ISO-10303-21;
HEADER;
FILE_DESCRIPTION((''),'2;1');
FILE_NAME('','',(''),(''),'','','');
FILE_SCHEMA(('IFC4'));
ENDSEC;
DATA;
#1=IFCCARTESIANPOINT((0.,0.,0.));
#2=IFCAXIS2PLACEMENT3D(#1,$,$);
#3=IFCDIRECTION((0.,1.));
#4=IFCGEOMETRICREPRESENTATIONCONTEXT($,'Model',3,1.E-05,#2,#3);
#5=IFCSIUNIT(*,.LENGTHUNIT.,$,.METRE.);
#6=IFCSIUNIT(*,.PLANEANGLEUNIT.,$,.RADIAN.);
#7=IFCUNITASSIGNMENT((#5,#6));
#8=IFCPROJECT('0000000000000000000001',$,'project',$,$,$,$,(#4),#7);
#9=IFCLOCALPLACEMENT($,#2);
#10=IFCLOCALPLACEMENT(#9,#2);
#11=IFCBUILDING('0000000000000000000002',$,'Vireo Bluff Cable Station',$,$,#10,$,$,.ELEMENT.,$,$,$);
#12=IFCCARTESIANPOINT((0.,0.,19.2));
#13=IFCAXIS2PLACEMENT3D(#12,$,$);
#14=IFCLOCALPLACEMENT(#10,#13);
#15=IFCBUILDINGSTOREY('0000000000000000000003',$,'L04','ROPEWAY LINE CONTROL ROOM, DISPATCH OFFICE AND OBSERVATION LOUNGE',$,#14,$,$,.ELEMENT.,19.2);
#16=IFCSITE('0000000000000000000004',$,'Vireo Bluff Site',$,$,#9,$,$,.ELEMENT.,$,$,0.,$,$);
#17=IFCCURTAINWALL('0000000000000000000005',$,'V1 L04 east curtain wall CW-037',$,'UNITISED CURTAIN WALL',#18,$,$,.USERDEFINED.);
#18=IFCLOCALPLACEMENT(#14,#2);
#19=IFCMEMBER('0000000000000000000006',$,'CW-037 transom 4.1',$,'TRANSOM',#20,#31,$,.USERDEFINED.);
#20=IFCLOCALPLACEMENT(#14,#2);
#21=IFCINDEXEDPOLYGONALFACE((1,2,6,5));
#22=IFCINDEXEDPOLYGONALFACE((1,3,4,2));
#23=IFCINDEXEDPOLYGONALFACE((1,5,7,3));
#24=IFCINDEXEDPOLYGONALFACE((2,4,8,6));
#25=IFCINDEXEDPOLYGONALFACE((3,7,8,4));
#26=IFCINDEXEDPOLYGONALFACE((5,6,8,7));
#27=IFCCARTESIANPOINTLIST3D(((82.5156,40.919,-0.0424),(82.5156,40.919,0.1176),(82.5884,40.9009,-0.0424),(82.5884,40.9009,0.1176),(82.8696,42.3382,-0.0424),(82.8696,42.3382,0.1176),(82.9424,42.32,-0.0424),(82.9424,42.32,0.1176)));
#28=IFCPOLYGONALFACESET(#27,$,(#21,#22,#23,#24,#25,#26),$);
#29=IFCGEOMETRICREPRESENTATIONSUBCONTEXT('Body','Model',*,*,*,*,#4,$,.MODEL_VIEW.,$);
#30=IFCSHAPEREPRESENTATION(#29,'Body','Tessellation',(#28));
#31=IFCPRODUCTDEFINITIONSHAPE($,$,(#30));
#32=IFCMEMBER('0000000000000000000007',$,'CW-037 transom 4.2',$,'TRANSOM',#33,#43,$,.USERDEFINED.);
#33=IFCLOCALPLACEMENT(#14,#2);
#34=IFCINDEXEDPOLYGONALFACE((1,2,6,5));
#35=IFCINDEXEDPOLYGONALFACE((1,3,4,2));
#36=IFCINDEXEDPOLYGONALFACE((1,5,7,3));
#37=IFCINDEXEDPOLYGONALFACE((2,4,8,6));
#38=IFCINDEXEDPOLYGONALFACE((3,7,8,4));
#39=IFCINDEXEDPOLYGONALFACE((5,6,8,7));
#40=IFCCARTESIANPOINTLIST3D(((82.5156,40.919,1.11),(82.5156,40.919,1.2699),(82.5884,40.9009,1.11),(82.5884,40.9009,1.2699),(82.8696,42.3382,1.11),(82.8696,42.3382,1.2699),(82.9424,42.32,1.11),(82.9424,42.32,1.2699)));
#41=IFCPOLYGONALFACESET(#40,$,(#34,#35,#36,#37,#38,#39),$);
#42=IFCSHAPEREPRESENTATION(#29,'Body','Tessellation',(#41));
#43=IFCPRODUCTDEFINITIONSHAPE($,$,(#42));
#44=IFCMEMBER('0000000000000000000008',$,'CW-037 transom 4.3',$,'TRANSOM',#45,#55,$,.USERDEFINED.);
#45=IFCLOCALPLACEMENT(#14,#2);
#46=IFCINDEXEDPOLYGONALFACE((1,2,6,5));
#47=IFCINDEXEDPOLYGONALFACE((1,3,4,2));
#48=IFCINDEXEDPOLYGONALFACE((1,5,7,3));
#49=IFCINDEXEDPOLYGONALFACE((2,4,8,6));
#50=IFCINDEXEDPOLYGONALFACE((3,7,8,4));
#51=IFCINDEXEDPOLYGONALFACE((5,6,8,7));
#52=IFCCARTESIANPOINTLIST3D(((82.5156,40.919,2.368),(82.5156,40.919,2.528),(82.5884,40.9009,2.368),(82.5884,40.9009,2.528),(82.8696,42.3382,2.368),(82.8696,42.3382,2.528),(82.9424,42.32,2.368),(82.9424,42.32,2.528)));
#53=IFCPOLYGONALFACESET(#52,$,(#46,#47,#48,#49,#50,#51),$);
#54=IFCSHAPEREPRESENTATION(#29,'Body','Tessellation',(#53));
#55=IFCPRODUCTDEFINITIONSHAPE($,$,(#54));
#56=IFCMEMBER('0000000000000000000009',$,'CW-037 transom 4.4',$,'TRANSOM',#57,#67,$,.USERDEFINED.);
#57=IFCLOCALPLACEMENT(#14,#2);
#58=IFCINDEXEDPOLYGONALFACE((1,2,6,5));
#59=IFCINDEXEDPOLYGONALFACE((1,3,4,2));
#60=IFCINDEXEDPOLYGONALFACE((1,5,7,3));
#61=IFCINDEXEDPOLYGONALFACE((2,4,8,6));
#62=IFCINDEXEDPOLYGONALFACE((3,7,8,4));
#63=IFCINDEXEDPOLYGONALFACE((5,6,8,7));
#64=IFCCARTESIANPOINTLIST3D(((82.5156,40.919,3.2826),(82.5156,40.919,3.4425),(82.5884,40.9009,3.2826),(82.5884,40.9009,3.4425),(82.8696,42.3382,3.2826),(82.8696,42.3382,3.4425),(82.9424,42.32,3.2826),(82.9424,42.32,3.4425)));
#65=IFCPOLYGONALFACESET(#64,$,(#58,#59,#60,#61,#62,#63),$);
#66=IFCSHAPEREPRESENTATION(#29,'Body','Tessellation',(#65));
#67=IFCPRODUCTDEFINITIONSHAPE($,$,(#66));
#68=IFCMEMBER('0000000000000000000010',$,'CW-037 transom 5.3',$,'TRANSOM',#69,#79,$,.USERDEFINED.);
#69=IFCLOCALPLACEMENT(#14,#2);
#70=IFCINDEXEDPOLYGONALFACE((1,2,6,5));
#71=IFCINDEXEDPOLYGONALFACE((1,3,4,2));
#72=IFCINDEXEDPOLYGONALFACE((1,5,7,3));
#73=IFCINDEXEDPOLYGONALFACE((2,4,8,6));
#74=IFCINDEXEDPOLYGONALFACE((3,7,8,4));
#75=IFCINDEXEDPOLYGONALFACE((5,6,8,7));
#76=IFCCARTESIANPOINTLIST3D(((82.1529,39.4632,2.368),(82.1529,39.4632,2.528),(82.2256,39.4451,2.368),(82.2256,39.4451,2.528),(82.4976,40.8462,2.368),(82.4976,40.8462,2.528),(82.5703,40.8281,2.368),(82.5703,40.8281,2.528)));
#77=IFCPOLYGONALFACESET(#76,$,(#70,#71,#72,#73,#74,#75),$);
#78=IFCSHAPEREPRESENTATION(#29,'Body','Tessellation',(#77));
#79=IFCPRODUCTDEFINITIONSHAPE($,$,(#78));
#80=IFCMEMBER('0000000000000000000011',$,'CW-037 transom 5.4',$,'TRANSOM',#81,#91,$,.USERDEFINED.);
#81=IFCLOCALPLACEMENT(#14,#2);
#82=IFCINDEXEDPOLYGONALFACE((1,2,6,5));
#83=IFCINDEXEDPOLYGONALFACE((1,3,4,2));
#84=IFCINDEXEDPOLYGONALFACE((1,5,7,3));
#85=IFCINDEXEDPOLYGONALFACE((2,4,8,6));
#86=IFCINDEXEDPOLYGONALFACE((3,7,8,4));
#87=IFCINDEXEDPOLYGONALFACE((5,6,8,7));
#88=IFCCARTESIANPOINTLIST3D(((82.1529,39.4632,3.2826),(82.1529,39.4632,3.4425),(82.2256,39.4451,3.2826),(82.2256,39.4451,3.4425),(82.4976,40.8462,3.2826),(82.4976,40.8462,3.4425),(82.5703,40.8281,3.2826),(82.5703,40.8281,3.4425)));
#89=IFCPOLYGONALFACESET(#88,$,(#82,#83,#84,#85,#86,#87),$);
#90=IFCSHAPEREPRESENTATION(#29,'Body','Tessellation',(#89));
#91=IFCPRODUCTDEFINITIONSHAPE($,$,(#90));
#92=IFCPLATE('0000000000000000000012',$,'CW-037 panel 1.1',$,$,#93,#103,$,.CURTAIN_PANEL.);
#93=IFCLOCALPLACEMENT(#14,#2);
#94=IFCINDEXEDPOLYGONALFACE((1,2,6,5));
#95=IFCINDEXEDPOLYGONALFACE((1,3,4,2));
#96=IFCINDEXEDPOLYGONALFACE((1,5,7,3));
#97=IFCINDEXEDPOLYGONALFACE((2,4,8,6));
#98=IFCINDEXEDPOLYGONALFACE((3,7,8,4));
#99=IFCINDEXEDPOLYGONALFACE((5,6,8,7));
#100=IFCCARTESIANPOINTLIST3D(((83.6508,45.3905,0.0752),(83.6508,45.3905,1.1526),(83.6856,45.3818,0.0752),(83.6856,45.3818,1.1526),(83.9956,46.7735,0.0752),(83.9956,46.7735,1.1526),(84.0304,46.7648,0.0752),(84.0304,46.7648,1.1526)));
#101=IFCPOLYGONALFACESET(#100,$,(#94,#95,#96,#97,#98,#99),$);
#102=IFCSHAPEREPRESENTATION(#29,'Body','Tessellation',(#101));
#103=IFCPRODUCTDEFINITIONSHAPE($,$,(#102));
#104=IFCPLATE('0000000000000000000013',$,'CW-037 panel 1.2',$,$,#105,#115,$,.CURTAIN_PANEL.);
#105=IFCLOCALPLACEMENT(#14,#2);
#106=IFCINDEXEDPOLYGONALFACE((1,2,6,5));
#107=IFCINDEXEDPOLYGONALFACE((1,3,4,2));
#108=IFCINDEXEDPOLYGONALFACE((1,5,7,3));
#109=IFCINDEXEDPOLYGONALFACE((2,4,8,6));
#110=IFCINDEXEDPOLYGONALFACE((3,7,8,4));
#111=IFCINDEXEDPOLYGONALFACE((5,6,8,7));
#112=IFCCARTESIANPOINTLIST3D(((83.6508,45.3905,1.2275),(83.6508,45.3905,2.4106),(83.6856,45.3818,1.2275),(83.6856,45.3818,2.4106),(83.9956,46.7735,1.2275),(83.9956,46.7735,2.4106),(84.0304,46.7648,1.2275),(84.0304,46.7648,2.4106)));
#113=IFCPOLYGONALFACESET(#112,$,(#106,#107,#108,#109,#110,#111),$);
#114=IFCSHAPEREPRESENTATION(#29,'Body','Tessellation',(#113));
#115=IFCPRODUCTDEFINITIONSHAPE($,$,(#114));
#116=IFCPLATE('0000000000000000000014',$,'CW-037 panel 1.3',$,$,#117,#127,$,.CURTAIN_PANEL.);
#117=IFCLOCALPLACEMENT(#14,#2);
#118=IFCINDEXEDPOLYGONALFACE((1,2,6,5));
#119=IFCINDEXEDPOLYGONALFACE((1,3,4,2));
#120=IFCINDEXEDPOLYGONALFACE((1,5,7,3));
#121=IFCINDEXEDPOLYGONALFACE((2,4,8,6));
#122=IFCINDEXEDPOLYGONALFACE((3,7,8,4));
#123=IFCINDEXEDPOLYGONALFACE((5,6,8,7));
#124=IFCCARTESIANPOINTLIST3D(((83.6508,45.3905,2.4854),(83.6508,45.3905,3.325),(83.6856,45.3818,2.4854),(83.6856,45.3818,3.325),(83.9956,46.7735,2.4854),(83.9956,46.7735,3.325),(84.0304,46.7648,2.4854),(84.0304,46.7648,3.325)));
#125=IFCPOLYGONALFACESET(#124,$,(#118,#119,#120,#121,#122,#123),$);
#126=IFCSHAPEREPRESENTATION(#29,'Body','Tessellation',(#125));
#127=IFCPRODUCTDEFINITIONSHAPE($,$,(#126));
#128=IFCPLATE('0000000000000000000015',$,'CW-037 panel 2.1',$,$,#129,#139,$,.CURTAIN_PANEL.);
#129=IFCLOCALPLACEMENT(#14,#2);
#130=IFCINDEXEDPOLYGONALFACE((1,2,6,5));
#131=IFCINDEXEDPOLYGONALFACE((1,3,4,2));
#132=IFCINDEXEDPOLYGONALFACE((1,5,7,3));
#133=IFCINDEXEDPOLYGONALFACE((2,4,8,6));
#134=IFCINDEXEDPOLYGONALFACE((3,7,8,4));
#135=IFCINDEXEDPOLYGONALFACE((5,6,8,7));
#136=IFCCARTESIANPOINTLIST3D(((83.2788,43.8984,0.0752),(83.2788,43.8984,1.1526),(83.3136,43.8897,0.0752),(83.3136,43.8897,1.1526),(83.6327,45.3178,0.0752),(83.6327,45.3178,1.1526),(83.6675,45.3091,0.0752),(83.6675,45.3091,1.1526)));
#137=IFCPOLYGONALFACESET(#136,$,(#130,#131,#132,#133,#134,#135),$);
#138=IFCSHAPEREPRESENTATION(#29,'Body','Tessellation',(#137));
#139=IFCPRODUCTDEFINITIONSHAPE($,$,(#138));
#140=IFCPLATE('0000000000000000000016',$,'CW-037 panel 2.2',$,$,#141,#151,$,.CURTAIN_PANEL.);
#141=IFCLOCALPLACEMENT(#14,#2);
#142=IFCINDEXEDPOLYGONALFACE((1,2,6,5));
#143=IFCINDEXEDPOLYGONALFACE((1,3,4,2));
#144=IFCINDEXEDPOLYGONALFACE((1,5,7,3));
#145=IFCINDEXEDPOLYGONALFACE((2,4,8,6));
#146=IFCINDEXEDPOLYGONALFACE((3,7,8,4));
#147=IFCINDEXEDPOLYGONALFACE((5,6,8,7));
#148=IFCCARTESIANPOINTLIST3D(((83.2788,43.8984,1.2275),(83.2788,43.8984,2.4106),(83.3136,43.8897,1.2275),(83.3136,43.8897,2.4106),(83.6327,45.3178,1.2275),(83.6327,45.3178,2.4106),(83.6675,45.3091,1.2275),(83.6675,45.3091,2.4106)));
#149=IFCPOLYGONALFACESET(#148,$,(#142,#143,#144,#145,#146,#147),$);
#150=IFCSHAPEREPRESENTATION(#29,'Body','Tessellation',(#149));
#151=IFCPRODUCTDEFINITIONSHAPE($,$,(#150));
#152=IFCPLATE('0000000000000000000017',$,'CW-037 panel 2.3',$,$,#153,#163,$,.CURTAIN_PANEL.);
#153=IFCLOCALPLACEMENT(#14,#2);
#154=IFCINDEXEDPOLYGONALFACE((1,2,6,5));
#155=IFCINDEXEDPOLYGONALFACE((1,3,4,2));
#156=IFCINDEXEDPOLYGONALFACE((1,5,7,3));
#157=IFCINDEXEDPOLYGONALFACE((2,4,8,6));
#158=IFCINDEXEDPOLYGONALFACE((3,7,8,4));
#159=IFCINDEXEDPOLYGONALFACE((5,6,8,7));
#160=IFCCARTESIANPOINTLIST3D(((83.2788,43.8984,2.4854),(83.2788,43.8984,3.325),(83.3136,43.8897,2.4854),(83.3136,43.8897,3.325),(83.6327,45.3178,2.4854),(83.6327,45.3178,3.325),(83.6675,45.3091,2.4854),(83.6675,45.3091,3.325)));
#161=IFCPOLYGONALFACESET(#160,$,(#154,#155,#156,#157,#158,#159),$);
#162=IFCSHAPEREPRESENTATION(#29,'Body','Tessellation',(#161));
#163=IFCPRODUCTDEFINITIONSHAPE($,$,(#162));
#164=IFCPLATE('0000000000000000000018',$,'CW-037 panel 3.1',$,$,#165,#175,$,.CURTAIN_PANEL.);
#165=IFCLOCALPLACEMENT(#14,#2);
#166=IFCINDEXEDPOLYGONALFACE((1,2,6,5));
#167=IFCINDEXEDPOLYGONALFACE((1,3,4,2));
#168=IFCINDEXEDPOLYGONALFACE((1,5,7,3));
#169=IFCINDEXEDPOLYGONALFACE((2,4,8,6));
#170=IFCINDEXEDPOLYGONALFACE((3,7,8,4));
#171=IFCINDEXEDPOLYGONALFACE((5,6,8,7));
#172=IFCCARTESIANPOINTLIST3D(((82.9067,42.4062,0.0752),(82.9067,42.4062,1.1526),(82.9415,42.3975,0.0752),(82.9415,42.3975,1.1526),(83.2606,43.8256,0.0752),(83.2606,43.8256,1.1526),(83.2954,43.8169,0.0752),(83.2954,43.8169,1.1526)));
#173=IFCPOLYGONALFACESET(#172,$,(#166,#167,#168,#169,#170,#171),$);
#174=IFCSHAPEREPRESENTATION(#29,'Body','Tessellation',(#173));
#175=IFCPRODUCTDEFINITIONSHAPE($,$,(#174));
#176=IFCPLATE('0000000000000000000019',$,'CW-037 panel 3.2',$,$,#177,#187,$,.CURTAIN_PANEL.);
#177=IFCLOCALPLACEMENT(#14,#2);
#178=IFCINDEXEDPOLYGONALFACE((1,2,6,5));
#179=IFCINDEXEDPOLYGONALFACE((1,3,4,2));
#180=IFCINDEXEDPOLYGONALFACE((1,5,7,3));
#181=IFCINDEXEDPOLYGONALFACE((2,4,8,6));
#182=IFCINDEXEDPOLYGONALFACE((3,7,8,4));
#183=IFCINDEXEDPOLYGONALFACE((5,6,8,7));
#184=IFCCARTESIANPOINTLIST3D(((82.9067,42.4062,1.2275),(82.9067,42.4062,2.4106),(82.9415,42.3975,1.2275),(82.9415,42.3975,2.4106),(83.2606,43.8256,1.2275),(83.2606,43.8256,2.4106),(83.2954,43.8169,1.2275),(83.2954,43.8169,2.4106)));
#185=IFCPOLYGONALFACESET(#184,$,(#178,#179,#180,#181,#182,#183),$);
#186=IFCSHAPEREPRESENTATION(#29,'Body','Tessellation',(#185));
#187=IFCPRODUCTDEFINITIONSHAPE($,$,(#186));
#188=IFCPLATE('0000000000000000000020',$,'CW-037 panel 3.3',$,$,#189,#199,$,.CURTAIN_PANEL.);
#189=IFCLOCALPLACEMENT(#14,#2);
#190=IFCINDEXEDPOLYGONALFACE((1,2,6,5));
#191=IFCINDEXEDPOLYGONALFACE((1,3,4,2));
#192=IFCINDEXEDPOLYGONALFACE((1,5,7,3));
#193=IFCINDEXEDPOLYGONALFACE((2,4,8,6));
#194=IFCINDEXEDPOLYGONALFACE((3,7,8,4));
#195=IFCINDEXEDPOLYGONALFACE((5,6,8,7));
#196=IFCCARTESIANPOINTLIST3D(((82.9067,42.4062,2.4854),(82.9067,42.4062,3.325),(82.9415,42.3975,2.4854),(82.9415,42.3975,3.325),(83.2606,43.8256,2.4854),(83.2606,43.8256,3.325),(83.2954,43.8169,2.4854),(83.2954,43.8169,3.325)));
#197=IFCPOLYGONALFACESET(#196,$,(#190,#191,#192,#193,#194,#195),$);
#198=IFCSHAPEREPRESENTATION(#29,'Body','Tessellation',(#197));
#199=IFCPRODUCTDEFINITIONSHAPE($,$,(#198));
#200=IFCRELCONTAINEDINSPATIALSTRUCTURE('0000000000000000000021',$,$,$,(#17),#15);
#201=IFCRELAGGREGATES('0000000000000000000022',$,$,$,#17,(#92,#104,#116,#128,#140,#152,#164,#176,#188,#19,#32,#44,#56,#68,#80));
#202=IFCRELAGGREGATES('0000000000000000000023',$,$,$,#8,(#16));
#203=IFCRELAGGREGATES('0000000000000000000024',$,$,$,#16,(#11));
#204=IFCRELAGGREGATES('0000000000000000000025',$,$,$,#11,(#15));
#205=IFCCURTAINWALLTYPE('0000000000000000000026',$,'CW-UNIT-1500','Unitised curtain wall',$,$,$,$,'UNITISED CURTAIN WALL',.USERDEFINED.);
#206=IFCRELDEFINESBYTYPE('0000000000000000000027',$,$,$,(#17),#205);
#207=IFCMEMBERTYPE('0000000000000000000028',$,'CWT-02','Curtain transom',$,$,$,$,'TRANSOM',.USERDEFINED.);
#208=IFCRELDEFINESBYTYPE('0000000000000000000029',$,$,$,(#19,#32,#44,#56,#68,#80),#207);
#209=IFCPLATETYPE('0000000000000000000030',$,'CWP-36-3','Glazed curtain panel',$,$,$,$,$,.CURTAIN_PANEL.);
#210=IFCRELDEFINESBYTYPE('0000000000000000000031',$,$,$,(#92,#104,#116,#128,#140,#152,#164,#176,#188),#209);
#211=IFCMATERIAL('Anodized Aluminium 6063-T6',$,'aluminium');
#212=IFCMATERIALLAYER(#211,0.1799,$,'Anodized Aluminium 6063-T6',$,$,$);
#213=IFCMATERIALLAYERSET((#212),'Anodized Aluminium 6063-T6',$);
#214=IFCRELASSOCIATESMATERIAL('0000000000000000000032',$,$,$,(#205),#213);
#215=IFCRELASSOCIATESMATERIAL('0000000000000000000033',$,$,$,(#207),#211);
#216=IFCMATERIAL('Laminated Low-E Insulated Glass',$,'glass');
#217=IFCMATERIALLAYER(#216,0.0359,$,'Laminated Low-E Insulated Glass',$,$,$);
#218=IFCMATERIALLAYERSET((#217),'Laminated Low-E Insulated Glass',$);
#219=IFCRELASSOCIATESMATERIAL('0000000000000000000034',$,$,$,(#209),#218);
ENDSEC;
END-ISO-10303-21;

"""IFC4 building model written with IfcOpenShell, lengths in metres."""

from ifc_helpers import new_model, si_unit, direction, frame, origin, origin_2d, place, context, subcontext, project, spatial, rectangle, extrude, material, layer, layer_set, material_profile, profile_set, type_object, element, aggregate, save


model = new_model("IFC4")

# Units and contexts
model_context = context("Model", 3, precision=1e-05, world=origin(), true_north=direction((0.0, 1.0)))
body_context = subcontext(model_context, "Body", "Model", "MODEL_VIEW")
ifc_project = project(units=[si_unit("LENGTHUNIT", "METRE"), si_unit("PLANEANGLEUNIT", "RADIAN")], contexts=[model_context])

# Site, building, storey
site_placement = place(None, origin())
site = spatial("IfcSite", under=ifc_project, at=site_placement, Name="Vireo Bluff Site", CompositionType="ELEMENT", RefElevation=0.0)
building_placement = place(site_placement, origin())
building = spatial("IfcBuilding", under=site, at=building_placement, Name="Vireo Bluff Cable Station", CompositionType="ELEMENT")
storey_placement = place(building_placement, frame((0.0, 0.0, 19.2)))
storey = spatial("IfcBuildingStorey", under=building, at=storey_placement, Name="L04", Description="ROPEWAY LINE CONTROL ROOM, DISPATCH OFFICE AND OBSERVATION LOUNGE", CompositionType="ELEMENT", Elevation=19.2)

# Curtain wall, members, plates
ifc_material_1 = material(Name="Anodized Aluminium 6063-T6", Category="aluminium")
ifc_layer_1 = layer(ifc_material_1, 0.1799, Name="Anodized Aluminium 6063-T6")
ifc_layer_set_1 = layer_set([ifc_layer_1], Name="Anodized Aluminium 6063-T6")
curtain_wall_type = type_object("IfcCurtainWallType", Name="CW-UNIT-1500", Description="Unitised curtain wall", ElementType="UNITISED CURTAIN WALL", PredefinedType="USERDEFINED", material=ifc_layer_set_1)
curtain_wall_placement = place(storey_placement, origin())
curtain_wall = element("IfcCurtainWall", 1, at=curtain_wall_placement, inside=storey, type_object=curtain_wall_type, Name="V1 L04 east curtain wall CW-037", ObjectType="UNITISED CURTAIN WALL", PredefinedType="USERDEFINED")
ifc_material_profile_1 = material_profile(ifc_material_1, rectangle(XDim=0.075, YDim=0.1599, at=origin_2d()), Name="ALU-T-75X160")
ifc_profile_set_1 = profile_set([ifc_material_profile_1], Name="Anodized Aluminium 6063-T6")
member_type_1 = type_object("IfcMemberType", Name="CWT-02", Description="Curtain transom", ElementType="TRANSOM", PredefinedType="USERDEFINED", material=ifc_profile_set_1)
member_1_placement = place(storey_placement, frame((82.906, 42.3291, 0.0376), z_axis=(-0.242025, -0.97027, 0.0), x_axis=(0.97027, -0.242025, 0.0)))
member_1 = element("IfcMember", 2, at=member_1_placement, type_object=member_type_1, Name="CW-037 transom 4.1", ObjectType="TRANSOM", PredefinedType="USERDEFINED", context=body_context, shape_type="SweptSolid", body=[
    extrude(rectangle(XDim=0.075, YDim=0.1599, at=origin_2d()), origin(), (0.0, 0.0, 1.0), 1.4626),
])
member_2_placement = place(storey_placement, frame((82.906, 42.3291, 1.1899), z_axis=(-0.242025, -0.97027, 0.0), x_axis=(0.97027, -0.242025, 0.0)))
member_2 = element("IfcMember", 3, at=member_2_placement, type_object=member_type_1, Name="CW-037 transom 4.2", ObjectType="TRANSOM", PredefinedType="USERDEFINED", context=body_context, shape_type="SweptSolid", body=[
    extrude(rectangle(XDim=0.075, YDim=0.1599, at=origin_2d()), origin(), (0.0, 0.0, 1.0), 1.4626),
])
member_3_placement = place(storey_placement, frame((82.906, 42.3291, 2.448), z_axis=(-0.242025, -0.97027, 0.0), x_axis=(0.97027, -0.242025, 0.0)))
member_3 = element("IfcMember", 4, at=member_3_placement, type_object=member_type_1, Name="CW-037 transom 4.3", ObjectType="TRANSOM", PredefinedType="USERDEFINED", context=body_context, shape_type="SweptSolid", body=[
    extrude(rectangle(XDim=0.075, YDim=0.1599, at=origin_2d()), origin(), (0.0, 0.0, 1.0), 1.4626),
])
member_4_placement = place(storey_placement, frame((82.906, 42.3291, 3.3625), z_axis=(-0.242025, -0.97027, 0.0), x_axis=(0.97027, -0.242025, 0.0)))
member_4 = element("IfcMember", 5, at=member_4_placement, type_object=member_type_1, Name="CW-037 transom 4.4", ObjectType="TRANSOM", PredefinedType="USERDEFINED", context=body_context, shape_type="SweptSolid", body=[
    extrude(rectangle(XDim=0.075, YDim=0.1599, at=origin_2d()), origin(), (0.0, 0.0, 1.0), 1.4626),
])
member_5_placement = place(storey_placement, frame((82.5339, 40.8372, 2.448), z_axis=(-0.24185, -0.970314, 0.0), x_axis=(0.970314, -0.24185, 0.0)))
member_5 = element("IfcMember", 6, at=member_5_placement, type_object=member_type_1, Name="CW-037 transom 5.3", ObjectType="TRANSOM", PredefinedType="USERDEFINED", context=body_context, shape_type="SweptSolid", body=[
    extrude(rectangle(XDim=0.075, YDim=0.1599, at=origin_2d()), origin(), (0.0, 0.0, 1.0), 1.4253),
])
member_6_placement = place(storey_placement, frame((82.5339, 40.8372, 3.3625), z_axis=(-0.24185, -0.970314, 0.0), x_axis=(0.970314, -0.24185, 0.0)))
member_6 = element("IfcMember", 7, at=member_6_placement, type_object=member_type_1, Name="CW-037 transom 5.4", ObjectType="TRANSOM", PredefinedType="USERDEFINED", context=body_context, shape_type="SweptSolid", body=[
    extrude(rectangle(XDim=0.075, YDim=0.1599, at=origin_2d()), origin(), (0.0, 0.0, 1.0), 1.4253),
])
ifc_material_2 = material(Name="Laminated Low-E Insulated Glass", Category="glass")
ifc_layer_2 = layer(ifc_material_2, 0.0359, Name="Laminated Low-E Insulated Glass")
ifc_layer_set_2 = layer_set([ifc_layer_2], Name="Laminated Low-E Insulated Glass")
plate_type = type_object("IfcPlateType", Name="CWP-36-3", Description="Glazed curtain panel", PredefinedType="CURTAIN_PANEL", material=ifc_layer_set_2)
plate_1_placement = place(storey_placement, frame((83.8406, 46.0776, 0.0752), z_axis=(0.0, 0.0, 1.0), x_axis=(-0.241922, -0.970296, 0.0)))
plate_1 = element("IfcPlate", 8, at=plate_1_placement, type_object=plate_type, Name="CW-037 panel 1.1", PredefinedType="CURTAIN_PANEL", context=body_context, shape_type="SweptSolid", body=[
    extrude(rectangle(XDim=1.4253, YDim=0.0359, at=origin_2d()), origin(), (0.0, 0.0, 1.0), 1.0774),
])
plate_2_placement = place(storey_placement, frame((83.8406, 46.0776, 1.2275), z_axis=(0.0, 0.0, 1.0), x_axis=(-0.241922, -0.970296, 0.0)))
plate_2 = element("IfcPlate", 9, at=plate_2_placement, type_object=plate_type, Name="CW-037 panel 1.2", PredefinedType="CURTAIN_PANEL", context=body_context, shape_type="SweptSolid", body=[
    extrude(rectangle(XDim=1.4253, YDim=0.0359, at=origin_2d()), origin(), (0.0, 0.0, 1.0), 1.1831),
])
plate_3_placement = place(storey_placement, frame((83.8406, 46.0776, 2.4854), z_axis=(0.0, 0.0, 1.0), x_axis=(-0.241922, -0.970296, 0.0)))
plate_3 = element("IfcPlate", 10, at=plate_3_placement, type_object=plate_type, Name="CW-037 panel 1.3", PredefinedType="CURTAIN_PANEL", context=body_context, shape_type="SweptSolid", body=[
    extrude(rectangle(XDim=1.4253, YDim=0.0359, at=origin_2d()), origin(), (0.0, 0.0, 1.0), 0.8396),
])
plate_4_placement = place(storey_placement, frame((83.4731, 44.6038, 0.0752), z_axis=(0.0, 0.0, 1.0), x_axis=(-0.241922, -0.970296, 0.0)))
plate_4 = element("IfcPlate", 11, at=plate_4_placement, type_object=plate_type, Name="CW-037 panel 2.1", PredefinedType="CURTAIN_PANEL", context=body_context, shape_type="SweptSolid", body=[
    extrude(rectangle(XDim=1.4629, YDim=0.0359, at=origin_2d()), origin(), (0.0, 0.0, 1.0), 1.0774),
])
plate_5_placement = place(storey_placement, frame((83.4731, 44.6038, 1.2275), z_axis=(0.0, 0.0, 1.0), x_axis=(-0.241922, -0.970296, 0.0)))
plate_5 = element("IfcPlate", 12, at=plate_5_placement, type_object=plate_type, Name="CW-037 panel 2.2", PredefinedType="CURTAIN_PANEL", context=body_context, shape_type="SweptSolid", body=[
    extrude(rectangle(XDim=1.4629, YDim=0.0359, at=origin_2d()), origin(), (0.0, 0.0, 1.0), 1.1831),
])
plate_6_placement = place(storey_placement, frame((83.4731, 44.6038, 2.4854), z_axis=(0.0, 0.0, 1.0), x_axis=(-0.241922, -0.970296, 0.0)))
plate_6 = element("IfcPlate", 13, at=plate_6_placement, type_object=plate_type, Name="CW-037 panel 2.3", PredefinedType="CURTAIN_PANEL", context=body_context, shape_type="SweptSolid", body=[
    extrude(rectangle(XDim=1.4629, YDim=0.0359, at=origin_2d()), origin(), (0.0, 0.0, 1.0), 0.8396),
])
plate_7_placement = place(storey_placement, frame((83.1011, 43.1116, 0.0752), z_axis=(0.0, 0.0, 1.0), x_axis=(-0.241922, -0.970296, 0.0)))
plate_7 = element("IfcPlate", 14, at=plate_7_placement, type_object=plate_type, Name="CW-037 panel 3.1", PredefinedType="CURTAIN_PANEL", context=body_context, shape_type="SweptSolid", body=[
    extrude(rectangle(XDim=1.4629, YDim=0.0359, at=origin_2d()), origin(), (0.0, 0.0, 1.0), 1.0774),
])
plate_8_placement = place(storey_placement, frame((83.1011, 43.1116, 1.2275), z_axis=(0.0, 0.0, 1.0), x_axis=(-0.241922, -0.970296, 0.0)))
plate_8 = element("IfcPlate", 15, at=plate_8_placement, type_object=plate_type, Name="CW-037 panel 3.2", PredefinedType="CURTAIN_PANEL", context=body_context, shape_type="SweptSolid", body=[
    extrude(rectangle(XDim=1.4629, YDim=0.0359, at=origin_2d()), origin(), (0.0, 0.0, 1.0), 1.1831),
])
plate_9_placement = place(storey_placement, frame((83.1011, 43.1116, 2.4854), z_axis=(0.0, 0.0, 1.0), x_axis=(-0.241922, -0.970296, 0.0)))
plate_9 = element("IfcPlate", 16, at=plate_9_placement, type_object=plate_type, Name="CW-037 panel 3.3", PredefinedType="CURTAIN_PANEL", context=body_context, shape_type="SweptSolid", body=[
    extrude(rectangle(XDim=1.4629, YDim=0.0359, at=origin_2d()), origin(), (0.0, 0.0, 1.0), 0.8396),
])
aggregate(curtain_wall, [plate_1, plate_2, plate_3, plate_4, plate_5, plate_6, plate_7, plate_8, plate_9, member_1, member_2, member_3, member_4, member_5, member_6])

save(model, "model.ifc")
